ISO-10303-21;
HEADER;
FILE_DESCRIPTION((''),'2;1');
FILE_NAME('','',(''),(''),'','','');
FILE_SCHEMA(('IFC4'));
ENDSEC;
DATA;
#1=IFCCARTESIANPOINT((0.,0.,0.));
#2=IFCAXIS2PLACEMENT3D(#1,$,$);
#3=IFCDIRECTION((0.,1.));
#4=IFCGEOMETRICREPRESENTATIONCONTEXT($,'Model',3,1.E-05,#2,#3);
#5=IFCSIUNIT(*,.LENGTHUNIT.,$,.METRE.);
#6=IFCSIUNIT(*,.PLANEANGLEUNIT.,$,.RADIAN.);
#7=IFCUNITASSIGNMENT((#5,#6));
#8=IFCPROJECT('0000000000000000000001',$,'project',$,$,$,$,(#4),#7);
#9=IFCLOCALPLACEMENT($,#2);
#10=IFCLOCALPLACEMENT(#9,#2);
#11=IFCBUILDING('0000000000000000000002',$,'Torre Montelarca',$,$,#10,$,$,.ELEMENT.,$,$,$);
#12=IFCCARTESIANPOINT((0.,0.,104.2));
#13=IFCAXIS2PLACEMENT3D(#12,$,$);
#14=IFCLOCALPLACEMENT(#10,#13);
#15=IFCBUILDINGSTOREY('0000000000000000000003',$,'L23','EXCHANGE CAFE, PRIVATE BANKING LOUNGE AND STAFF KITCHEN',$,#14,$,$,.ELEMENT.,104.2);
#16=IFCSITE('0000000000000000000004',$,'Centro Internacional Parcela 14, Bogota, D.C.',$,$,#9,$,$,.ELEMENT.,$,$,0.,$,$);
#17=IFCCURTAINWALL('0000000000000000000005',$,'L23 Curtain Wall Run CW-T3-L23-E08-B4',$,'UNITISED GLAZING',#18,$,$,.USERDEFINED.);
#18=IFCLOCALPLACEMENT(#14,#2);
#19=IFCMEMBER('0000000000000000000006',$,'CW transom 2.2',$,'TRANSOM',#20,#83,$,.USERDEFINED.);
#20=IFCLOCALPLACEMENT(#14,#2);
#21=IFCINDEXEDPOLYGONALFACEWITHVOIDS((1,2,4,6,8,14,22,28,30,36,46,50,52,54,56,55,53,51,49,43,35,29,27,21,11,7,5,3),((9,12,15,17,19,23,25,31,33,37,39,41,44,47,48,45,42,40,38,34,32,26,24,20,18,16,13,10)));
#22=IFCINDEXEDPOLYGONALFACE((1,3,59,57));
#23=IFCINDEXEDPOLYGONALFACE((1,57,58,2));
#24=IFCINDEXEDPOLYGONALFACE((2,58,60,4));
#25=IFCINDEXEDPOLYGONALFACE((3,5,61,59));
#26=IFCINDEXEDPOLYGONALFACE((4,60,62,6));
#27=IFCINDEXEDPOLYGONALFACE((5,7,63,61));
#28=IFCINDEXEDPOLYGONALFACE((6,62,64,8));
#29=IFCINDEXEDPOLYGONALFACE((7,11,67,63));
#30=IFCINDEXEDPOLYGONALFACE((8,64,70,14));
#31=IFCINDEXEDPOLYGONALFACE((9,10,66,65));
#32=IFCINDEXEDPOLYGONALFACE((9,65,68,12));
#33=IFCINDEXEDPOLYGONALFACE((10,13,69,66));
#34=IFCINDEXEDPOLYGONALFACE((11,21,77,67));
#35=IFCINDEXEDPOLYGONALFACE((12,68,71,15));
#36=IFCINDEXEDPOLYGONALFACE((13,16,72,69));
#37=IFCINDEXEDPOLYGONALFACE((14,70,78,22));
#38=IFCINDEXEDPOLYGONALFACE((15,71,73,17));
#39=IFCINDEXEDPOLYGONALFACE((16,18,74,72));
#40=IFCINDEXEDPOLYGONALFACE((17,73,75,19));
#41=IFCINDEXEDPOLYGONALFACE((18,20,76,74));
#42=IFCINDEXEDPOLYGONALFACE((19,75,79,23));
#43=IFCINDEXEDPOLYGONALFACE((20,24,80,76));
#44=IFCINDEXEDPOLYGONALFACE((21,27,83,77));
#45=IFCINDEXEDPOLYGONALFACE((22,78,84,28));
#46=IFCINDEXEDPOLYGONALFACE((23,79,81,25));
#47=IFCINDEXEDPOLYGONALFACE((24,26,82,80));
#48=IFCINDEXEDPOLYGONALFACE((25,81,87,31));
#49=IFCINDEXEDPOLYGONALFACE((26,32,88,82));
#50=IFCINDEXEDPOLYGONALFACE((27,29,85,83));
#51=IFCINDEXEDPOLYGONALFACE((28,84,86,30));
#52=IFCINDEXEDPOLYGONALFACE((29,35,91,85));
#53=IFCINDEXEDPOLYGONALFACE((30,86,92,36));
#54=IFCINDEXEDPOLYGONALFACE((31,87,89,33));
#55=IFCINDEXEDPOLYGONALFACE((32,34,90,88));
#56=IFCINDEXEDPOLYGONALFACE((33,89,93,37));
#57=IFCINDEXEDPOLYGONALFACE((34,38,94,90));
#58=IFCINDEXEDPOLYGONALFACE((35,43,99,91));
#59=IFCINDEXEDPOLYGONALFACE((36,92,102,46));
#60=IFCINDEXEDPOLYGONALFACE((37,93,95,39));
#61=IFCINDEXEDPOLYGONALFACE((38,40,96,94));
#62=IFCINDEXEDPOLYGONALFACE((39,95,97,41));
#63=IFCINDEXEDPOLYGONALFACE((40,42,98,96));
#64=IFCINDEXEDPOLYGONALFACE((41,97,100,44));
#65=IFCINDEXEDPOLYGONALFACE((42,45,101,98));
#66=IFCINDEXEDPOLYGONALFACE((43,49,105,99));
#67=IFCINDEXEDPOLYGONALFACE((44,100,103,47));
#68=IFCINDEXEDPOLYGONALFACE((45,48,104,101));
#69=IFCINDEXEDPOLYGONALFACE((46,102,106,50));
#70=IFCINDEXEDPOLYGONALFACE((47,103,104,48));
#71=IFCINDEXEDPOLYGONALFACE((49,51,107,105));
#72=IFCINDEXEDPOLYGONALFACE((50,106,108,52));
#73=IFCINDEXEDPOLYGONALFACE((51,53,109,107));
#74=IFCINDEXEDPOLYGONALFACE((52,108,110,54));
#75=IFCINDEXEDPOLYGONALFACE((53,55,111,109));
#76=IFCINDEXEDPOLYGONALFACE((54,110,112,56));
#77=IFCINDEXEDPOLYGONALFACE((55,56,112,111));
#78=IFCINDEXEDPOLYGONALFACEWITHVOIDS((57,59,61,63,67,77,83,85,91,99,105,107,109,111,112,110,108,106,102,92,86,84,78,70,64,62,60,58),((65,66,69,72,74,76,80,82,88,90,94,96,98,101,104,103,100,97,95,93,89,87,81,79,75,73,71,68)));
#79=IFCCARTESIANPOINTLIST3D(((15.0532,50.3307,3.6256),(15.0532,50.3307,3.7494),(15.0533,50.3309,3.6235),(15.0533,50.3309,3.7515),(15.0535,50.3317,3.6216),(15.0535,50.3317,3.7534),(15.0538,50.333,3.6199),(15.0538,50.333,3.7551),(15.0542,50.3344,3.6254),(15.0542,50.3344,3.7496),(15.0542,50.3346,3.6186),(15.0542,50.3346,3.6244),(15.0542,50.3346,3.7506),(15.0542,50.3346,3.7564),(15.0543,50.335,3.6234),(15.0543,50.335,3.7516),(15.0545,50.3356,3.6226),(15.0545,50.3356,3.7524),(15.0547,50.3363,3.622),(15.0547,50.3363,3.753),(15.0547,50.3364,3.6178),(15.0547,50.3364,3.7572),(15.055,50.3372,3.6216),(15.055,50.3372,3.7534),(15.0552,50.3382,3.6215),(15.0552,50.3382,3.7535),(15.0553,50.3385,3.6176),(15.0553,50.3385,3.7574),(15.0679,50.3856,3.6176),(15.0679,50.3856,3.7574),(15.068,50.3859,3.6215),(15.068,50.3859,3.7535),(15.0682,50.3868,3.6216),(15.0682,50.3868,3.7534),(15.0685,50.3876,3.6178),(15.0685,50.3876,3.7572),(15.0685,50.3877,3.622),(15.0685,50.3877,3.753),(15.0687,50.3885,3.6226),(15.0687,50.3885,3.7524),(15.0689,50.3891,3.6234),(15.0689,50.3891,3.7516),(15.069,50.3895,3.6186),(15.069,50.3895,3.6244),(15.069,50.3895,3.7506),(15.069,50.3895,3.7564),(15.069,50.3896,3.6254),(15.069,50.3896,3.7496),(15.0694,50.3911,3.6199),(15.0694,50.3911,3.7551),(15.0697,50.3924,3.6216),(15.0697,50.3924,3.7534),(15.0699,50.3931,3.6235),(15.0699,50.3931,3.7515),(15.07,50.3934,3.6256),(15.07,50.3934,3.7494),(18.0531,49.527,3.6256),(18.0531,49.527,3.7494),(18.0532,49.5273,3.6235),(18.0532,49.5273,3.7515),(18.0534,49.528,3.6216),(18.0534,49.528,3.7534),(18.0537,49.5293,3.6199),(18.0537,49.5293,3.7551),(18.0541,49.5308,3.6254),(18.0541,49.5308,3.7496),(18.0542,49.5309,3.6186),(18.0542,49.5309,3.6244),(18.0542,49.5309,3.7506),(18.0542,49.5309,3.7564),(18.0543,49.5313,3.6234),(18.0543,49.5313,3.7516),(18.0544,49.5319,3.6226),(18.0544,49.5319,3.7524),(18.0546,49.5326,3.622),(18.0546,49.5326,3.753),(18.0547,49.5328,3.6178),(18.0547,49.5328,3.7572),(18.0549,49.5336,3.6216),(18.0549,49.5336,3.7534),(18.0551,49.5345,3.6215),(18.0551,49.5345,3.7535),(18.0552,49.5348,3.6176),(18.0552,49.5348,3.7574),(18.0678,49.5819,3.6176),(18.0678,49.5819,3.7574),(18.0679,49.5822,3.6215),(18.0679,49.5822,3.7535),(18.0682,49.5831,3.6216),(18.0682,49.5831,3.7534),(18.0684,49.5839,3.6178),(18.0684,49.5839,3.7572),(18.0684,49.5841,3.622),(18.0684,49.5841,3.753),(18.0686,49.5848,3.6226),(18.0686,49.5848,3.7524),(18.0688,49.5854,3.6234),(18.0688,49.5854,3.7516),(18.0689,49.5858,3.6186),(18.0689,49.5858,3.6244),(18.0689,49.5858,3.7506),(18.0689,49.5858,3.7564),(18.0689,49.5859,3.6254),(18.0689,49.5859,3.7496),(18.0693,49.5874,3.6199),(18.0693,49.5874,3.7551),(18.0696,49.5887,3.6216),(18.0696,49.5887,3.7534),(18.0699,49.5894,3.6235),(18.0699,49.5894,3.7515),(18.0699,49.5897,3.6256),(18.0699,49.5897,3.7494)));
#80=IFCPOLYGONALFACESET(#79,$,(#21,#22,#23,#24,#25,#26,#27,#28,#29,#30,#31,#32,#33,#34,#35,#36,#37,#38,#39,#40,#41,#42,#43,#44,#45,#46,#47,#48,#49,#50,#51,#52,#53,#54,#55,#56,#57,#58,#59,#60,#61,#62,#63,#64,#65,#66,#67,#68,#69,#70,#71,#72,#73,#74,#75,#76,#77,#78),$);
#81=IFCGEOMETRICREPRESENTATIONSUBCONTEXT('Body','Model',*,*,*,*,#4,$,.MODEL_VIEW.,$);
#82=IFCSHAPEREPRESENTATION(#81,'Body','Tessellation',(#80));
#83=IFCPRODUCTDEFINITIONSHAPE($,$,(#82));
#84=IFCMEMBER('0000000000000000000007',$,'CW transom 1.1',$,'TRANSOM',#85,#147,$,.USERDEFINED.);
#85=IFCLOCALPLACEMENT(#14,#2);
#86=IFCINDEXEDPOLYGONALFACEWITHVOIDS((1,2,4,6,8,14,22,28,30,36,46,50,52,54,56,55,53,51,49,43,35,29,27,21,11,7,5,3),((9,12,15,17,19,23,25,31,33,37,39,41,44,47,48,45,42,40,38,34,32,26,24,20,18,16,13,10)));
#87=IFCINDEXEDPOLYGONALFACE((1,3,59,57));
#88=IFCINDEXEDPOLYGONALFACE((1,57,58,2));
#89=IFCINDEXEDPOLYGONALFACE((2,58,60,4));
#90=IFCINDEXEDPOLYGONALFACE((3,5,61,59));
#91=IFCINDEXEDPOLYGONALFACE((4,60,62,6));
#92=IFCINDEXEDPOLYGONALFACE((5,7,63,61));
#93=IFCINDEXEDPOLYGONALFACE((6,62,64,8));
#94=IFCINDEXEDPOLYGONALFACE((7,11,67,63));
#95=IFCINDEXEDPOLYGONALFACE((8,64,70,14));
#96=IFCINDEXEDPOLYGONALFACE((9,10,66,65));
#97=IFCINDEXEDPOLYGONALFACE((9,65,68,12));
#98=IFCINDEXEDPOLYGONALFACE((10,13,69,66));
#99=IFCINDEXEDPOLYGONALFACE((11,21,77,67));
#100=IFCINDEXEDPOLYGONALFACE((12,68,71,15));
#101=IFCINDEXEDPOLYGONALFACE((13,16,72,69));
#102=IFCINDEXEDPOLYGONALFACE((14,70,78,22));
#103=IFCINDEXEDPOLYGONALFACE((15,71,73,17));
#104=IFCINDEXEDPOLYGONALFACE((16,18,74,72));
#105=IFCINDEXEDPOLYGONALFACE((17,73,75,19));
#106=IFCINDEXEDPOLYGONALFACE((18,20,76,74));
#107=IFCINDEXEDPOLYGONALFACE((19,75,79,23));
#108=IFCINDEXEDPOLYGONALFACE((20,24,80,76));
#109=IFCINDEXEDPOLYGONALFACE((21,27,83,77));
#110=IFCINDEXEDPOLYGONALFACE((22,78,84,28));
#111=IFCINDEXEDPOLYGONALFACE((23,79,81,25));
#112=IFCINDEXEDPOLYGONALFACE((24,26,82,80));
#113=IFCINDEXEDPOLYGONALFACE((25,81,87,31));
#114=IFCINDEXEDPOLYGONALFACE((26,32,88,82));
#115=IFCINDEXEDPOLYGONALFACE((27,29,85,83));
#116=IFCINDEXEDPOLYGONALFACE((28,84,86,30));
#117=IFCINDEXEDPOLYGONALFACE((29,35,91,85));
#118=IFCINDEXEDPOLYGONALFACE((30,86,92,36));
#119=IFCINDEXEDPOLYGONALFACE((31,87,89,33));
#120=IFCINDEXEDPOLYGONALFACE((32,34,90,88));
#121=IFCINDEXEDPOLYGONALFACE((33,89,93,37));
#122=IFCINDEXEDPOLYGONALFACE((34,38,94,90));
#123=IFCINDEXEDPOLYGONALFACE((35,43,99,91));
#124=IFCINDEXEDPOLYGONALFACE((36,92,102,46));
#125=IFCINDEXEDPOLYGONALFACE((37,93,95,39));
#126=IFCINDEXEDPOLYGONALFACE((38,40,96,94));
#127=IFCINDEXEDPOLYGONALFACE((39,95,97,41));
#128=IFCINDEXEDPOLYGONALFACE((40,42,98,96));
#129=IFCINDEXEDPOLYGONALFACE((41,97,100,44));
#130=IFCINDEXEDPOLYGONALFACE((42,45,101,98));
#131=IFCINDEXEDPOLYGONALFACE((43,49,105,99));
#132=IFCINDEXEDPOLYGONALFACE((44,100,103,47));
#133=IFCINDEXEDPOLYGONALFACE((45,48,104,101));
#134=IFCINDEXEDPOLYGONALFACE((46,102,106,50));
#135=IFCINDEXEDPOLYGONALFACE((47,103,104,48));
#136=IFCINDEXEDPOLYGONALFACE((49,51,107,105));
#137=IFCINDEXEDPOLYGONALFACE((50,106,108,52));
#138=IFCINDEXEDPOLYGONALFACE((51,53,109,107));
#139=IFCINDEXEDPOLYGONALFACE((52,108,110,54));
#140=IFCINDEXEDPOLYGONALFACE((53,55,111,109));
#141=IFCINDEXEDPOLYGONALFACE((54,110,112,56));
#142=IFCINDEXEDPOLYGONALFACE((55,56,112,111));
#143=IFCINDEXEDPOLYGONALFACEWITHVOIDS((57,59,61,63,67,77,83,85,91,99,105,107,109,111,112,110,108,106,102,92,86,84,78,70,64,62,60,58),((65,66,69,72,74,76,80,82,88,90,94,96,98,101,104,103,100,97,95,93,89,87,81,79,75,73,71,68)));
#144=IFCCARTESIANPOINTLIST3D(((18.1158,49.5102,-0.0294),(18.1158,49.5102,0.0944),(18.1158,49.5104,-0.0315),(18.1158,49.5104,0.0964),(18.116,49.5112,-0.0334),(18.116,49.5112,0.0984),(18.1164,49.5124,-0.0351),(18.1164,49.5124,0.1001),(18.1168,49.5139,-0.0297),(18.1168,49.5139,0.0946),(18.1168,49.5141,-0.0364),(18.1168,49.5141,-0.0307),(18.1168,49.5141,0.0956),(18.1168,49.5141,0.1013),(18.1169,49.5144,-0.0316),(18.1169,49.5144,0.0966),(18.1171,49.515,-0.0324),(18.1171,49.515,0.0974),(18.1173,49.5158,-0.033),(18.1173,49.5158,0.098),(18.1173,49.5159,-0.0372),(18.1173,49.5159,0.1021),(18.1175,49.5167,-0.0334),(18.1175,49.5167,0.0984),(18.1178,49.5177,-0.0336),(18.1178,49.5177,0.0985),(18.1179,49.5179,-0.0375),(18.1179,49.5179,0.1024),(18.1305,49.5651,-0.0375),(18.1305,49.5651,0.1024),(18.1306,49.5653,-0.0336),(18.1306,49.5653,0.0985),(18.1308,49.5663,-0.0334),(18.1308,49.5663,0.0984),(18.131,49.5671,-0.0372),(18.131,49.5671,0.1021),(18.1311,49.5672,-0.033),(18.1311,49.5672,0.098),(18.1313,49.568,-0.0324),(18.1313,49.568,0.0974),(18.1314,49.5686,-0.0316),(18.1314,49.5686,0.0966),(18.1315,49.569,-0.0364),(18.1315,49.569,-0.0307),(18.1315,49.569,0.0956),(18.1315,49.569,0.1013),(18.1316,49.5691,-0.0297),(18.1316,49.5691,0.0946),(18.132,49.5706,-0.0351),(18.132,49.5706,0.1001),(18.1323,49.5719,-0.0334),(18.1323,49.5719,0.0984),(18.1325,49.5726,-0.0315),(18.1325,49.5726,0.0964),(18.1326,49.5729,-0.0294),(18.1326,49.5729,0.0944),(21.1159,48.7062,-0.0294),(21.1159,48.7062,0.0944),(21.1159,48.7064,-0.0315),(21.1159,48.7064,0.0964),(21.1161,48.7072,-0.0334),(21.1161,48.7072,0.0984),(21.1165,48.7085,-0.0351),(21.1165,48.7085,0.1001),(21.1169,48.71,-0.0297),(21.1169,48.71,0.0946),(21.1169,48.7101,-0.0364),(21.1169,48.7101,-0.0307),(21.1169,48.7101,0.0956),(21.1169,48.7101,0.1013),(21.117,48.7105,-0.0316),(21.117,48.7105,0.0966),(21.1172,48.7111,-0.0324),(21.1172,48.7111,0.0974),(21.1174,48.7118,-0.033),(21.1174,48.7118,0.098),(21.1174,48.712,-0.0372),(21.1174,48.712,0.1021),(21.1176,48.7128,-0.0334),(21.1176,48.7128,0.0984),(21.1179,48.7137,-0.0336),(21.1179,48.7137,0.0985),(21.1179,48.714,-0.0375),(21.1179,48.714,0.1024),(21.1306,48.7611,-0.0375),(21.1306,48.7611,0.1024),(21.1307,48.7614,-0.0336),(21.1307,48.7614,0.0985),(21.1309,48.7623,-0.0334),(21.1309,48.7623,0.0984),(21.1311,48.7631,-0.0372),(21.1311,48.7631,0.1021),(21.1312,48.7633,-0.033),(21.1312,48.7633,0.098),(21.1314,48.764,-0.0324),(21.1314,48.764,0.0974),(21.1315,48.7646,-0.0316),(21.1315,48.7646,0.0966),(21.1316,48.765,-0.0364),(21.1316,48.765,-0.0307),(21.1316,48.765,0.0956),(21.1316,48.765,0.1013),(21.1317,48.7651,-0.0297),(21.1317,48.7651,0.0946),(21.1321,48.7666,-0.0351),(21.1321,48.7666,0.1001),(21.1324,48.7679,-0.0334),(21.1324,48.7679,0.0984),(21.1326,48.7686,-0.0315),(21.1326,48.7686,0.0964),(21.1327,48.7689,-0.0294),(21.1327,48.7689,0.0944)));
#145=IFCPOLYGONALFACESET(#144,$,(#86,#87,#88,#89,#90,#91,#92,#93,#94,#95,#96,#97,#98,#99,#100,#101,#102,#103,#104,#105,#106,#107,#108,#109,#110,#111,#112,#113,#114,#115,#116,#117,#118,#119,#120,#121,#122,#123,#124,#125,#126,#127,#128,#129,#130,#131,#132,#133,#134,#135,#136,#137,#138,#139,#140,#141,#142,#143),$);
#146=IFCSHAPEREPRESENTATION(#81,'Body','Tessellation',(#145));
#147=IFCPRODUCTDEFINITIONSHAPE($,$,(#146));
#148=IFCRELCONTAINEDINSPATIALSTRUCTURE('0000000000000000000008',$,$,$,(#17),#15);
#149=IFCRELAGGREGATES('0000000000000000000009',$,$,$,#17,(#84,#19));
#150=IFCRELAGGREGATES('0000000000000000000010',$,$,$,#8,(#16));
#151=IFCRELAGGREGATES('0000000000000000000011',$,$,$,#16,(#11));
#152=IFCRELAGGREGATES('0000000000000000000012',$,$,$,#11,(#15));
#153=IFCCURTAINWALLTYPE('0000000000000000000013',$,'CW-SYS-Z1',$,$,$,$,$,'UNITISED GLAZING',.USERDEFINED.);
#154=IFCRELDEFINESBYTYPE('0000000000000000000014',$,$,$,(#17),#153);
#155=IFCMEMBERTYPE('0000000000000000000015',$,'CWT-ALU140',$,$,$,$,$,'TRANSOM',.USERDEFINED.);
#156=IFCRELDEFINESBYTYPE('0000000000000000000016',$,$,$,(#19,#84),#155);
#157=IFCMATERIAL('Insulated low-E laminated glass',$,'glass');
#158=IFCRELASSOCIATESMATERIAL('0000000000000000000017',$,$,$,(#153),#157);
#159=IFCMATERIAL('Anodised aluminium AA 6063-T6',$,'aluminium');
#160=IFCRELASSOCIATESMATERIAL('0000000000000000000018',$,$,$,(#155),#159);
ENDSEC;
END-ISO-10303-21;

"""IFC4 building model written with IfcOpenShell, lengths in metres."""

from ifc_helpers import new_model, si_unit, direction, frame, origin, origin_2d, place, context, subcontext, project, spatial, hollow_rectangle, extrude, source, transform, mapped, material, material_profile, profile_set, type_object, element, aggregate, save


model = new_model("IFC4")

# Units and contexts
model_context = context("Model", 3, precision=1e-05, world=origin(), true_north=direction((0.0, 1.0)))
body_context = subcontext(model_context, "Body", "Model", "MODEL_VIEW")
ifc_project = project(units=[si_unit("LENGTHUNIT", "METRE"), si_unit("PLANEANGLEUNIT", "RADIAN")], contexts=[model_context])

# Site, building, storey
site_placement = place(None, origin())
site = spatial("IfcSite", under=ifc_project, at=site_placement, Name="Centro Internacional Parcela 14, Bogota, D.C.", CompositionType="ELEMENT", RefElevation=0.0)
building_placement = place(site_placement, origin())
building = spatial("IfcBuilding", under=site, at=building_placement, Name="Torre Montelarca", CompositionType="ELEMENT")
storey_placement = place(building_placement, frame((0.0, 0.0, 104.2)))
storey = spatial("IfcBuildingStorey", under=building, at=storey_placement, Name="L23", Description="EXCHANGE CAFE, PRIVATE BANKING LOUNGE AND STAFF KITCHEN", CompositionType="ELEMENT", Elevation=104.2)

# Curtain wall, members
ifc_material_1 = material(Name="Insulated low-E laminated glass", Category="glass")
curtain_wall_type = type_object("IfcCurtainWallType", Name="CW-SYS-Z1", ElementType="UNITISED GLAZING", PredefinedType="USERDEFINED", material=ifc_material_1)
ifc_material_2 = material(Name="Anodised aluminium AA 6063-T6", Category="aluminium")
ifc_material_profile_1 = material_profile(ifc_material_2, hollow_rectangle(XDim=0.0649, YDim=0.1399, WallThickness=0.0039, InnerFilletRadius=0.0039, OuterFilletRadius=0.0081, at=origin_2d()), Name="ALU65X140X4", Category="aluminium")
ifc_profile_set_1 = profile_set([ifc_material_profile_1], Name="Anodised aluminium AA 6063-T6")
member_type_1 = type_object("IfcMemberType", Name="CWT-ALU140", ElementType="TRANSOM", PredefinedType="USERDEFINED", material=ifc_profile_set_1)
curtain_wall_1_placement = place(storey_placement, origin())
curtain_wall_1 = element("IfcCurtainWall", 1, at=curtain_wall_1_placement, inside=storey, type_object=curtain_wall_type, Name="L23 Curtain Wall Run CW-T3-L23-E08-B4", ObjectType="UNITISED GLAZING", PredefinedType="USERDEFINED")
shared_shape_1 = source(origin(), body_context, "Body", "SweptSolid", [
    extrude(hollow_rectangle(XDim=0.0649, YDim=0.1399, WallThickness=0.0039, InnerFilletRadius=0.0039, OuterFilletRadius=0.0081, at=origin_2d()), origin(), (0.0, 0.0, 1.0), 3.1057),
])
member_1_placement = place(storey_placement, frame((18.0615, 49.5583, 3.6875), z_axis=(-0.965937, 0.258778, 0.0), x_axis=(-0.258778, -0.965937, 0.0)))
member_1 = element("IfcMember", 2, at=member_1_placement, type_object=member_type_1, Name="CW transom 2.2", ObjectType="TRANSOM", PredefinedType="USERDEFINED", context=body_context, shape_type="MappedRepresentation", body=[
    mapped(shared_shape_1, transform((0.0, 0.0, 0.0), scale=1.0)),
])
shared_shape_2 = source(origin(), body_context, "Body", "SweptSolid", [
    extrude(hollow_rectangle(XDim=0.0649, YDim=0.1399, WallThickness=0.0039, InnerFilletRadius=0.0039, OuterFilletRadius=0.0081, at=origin_2d()), origin(), (0.0, 0.0, 1.0), 3.106),
])
member_2_placement = place(storey_placement, frame((21.1243, 48.7375, 0.0325), z_axis=(-0.965917, 0.258851, 0.0), x_axis=(-0.258851, -0.965917, 0.0)))
member_2 = element("IfcMember", 3, at=member_2_placement, type_object=member_type_1, Name="CW transom 1.1", ObjectType="TRANSOM", PredefinedType="USERDEFINED", context=body_context, shape_type="MappedRepresentation", body=[
    mapped(shared_shape_2, transform((0.0, 0.0, 0.0), scale=1.0)),
])

aggregate(curtain_wall_1, [member_2, member_1])

save(model, "model.ifc")
